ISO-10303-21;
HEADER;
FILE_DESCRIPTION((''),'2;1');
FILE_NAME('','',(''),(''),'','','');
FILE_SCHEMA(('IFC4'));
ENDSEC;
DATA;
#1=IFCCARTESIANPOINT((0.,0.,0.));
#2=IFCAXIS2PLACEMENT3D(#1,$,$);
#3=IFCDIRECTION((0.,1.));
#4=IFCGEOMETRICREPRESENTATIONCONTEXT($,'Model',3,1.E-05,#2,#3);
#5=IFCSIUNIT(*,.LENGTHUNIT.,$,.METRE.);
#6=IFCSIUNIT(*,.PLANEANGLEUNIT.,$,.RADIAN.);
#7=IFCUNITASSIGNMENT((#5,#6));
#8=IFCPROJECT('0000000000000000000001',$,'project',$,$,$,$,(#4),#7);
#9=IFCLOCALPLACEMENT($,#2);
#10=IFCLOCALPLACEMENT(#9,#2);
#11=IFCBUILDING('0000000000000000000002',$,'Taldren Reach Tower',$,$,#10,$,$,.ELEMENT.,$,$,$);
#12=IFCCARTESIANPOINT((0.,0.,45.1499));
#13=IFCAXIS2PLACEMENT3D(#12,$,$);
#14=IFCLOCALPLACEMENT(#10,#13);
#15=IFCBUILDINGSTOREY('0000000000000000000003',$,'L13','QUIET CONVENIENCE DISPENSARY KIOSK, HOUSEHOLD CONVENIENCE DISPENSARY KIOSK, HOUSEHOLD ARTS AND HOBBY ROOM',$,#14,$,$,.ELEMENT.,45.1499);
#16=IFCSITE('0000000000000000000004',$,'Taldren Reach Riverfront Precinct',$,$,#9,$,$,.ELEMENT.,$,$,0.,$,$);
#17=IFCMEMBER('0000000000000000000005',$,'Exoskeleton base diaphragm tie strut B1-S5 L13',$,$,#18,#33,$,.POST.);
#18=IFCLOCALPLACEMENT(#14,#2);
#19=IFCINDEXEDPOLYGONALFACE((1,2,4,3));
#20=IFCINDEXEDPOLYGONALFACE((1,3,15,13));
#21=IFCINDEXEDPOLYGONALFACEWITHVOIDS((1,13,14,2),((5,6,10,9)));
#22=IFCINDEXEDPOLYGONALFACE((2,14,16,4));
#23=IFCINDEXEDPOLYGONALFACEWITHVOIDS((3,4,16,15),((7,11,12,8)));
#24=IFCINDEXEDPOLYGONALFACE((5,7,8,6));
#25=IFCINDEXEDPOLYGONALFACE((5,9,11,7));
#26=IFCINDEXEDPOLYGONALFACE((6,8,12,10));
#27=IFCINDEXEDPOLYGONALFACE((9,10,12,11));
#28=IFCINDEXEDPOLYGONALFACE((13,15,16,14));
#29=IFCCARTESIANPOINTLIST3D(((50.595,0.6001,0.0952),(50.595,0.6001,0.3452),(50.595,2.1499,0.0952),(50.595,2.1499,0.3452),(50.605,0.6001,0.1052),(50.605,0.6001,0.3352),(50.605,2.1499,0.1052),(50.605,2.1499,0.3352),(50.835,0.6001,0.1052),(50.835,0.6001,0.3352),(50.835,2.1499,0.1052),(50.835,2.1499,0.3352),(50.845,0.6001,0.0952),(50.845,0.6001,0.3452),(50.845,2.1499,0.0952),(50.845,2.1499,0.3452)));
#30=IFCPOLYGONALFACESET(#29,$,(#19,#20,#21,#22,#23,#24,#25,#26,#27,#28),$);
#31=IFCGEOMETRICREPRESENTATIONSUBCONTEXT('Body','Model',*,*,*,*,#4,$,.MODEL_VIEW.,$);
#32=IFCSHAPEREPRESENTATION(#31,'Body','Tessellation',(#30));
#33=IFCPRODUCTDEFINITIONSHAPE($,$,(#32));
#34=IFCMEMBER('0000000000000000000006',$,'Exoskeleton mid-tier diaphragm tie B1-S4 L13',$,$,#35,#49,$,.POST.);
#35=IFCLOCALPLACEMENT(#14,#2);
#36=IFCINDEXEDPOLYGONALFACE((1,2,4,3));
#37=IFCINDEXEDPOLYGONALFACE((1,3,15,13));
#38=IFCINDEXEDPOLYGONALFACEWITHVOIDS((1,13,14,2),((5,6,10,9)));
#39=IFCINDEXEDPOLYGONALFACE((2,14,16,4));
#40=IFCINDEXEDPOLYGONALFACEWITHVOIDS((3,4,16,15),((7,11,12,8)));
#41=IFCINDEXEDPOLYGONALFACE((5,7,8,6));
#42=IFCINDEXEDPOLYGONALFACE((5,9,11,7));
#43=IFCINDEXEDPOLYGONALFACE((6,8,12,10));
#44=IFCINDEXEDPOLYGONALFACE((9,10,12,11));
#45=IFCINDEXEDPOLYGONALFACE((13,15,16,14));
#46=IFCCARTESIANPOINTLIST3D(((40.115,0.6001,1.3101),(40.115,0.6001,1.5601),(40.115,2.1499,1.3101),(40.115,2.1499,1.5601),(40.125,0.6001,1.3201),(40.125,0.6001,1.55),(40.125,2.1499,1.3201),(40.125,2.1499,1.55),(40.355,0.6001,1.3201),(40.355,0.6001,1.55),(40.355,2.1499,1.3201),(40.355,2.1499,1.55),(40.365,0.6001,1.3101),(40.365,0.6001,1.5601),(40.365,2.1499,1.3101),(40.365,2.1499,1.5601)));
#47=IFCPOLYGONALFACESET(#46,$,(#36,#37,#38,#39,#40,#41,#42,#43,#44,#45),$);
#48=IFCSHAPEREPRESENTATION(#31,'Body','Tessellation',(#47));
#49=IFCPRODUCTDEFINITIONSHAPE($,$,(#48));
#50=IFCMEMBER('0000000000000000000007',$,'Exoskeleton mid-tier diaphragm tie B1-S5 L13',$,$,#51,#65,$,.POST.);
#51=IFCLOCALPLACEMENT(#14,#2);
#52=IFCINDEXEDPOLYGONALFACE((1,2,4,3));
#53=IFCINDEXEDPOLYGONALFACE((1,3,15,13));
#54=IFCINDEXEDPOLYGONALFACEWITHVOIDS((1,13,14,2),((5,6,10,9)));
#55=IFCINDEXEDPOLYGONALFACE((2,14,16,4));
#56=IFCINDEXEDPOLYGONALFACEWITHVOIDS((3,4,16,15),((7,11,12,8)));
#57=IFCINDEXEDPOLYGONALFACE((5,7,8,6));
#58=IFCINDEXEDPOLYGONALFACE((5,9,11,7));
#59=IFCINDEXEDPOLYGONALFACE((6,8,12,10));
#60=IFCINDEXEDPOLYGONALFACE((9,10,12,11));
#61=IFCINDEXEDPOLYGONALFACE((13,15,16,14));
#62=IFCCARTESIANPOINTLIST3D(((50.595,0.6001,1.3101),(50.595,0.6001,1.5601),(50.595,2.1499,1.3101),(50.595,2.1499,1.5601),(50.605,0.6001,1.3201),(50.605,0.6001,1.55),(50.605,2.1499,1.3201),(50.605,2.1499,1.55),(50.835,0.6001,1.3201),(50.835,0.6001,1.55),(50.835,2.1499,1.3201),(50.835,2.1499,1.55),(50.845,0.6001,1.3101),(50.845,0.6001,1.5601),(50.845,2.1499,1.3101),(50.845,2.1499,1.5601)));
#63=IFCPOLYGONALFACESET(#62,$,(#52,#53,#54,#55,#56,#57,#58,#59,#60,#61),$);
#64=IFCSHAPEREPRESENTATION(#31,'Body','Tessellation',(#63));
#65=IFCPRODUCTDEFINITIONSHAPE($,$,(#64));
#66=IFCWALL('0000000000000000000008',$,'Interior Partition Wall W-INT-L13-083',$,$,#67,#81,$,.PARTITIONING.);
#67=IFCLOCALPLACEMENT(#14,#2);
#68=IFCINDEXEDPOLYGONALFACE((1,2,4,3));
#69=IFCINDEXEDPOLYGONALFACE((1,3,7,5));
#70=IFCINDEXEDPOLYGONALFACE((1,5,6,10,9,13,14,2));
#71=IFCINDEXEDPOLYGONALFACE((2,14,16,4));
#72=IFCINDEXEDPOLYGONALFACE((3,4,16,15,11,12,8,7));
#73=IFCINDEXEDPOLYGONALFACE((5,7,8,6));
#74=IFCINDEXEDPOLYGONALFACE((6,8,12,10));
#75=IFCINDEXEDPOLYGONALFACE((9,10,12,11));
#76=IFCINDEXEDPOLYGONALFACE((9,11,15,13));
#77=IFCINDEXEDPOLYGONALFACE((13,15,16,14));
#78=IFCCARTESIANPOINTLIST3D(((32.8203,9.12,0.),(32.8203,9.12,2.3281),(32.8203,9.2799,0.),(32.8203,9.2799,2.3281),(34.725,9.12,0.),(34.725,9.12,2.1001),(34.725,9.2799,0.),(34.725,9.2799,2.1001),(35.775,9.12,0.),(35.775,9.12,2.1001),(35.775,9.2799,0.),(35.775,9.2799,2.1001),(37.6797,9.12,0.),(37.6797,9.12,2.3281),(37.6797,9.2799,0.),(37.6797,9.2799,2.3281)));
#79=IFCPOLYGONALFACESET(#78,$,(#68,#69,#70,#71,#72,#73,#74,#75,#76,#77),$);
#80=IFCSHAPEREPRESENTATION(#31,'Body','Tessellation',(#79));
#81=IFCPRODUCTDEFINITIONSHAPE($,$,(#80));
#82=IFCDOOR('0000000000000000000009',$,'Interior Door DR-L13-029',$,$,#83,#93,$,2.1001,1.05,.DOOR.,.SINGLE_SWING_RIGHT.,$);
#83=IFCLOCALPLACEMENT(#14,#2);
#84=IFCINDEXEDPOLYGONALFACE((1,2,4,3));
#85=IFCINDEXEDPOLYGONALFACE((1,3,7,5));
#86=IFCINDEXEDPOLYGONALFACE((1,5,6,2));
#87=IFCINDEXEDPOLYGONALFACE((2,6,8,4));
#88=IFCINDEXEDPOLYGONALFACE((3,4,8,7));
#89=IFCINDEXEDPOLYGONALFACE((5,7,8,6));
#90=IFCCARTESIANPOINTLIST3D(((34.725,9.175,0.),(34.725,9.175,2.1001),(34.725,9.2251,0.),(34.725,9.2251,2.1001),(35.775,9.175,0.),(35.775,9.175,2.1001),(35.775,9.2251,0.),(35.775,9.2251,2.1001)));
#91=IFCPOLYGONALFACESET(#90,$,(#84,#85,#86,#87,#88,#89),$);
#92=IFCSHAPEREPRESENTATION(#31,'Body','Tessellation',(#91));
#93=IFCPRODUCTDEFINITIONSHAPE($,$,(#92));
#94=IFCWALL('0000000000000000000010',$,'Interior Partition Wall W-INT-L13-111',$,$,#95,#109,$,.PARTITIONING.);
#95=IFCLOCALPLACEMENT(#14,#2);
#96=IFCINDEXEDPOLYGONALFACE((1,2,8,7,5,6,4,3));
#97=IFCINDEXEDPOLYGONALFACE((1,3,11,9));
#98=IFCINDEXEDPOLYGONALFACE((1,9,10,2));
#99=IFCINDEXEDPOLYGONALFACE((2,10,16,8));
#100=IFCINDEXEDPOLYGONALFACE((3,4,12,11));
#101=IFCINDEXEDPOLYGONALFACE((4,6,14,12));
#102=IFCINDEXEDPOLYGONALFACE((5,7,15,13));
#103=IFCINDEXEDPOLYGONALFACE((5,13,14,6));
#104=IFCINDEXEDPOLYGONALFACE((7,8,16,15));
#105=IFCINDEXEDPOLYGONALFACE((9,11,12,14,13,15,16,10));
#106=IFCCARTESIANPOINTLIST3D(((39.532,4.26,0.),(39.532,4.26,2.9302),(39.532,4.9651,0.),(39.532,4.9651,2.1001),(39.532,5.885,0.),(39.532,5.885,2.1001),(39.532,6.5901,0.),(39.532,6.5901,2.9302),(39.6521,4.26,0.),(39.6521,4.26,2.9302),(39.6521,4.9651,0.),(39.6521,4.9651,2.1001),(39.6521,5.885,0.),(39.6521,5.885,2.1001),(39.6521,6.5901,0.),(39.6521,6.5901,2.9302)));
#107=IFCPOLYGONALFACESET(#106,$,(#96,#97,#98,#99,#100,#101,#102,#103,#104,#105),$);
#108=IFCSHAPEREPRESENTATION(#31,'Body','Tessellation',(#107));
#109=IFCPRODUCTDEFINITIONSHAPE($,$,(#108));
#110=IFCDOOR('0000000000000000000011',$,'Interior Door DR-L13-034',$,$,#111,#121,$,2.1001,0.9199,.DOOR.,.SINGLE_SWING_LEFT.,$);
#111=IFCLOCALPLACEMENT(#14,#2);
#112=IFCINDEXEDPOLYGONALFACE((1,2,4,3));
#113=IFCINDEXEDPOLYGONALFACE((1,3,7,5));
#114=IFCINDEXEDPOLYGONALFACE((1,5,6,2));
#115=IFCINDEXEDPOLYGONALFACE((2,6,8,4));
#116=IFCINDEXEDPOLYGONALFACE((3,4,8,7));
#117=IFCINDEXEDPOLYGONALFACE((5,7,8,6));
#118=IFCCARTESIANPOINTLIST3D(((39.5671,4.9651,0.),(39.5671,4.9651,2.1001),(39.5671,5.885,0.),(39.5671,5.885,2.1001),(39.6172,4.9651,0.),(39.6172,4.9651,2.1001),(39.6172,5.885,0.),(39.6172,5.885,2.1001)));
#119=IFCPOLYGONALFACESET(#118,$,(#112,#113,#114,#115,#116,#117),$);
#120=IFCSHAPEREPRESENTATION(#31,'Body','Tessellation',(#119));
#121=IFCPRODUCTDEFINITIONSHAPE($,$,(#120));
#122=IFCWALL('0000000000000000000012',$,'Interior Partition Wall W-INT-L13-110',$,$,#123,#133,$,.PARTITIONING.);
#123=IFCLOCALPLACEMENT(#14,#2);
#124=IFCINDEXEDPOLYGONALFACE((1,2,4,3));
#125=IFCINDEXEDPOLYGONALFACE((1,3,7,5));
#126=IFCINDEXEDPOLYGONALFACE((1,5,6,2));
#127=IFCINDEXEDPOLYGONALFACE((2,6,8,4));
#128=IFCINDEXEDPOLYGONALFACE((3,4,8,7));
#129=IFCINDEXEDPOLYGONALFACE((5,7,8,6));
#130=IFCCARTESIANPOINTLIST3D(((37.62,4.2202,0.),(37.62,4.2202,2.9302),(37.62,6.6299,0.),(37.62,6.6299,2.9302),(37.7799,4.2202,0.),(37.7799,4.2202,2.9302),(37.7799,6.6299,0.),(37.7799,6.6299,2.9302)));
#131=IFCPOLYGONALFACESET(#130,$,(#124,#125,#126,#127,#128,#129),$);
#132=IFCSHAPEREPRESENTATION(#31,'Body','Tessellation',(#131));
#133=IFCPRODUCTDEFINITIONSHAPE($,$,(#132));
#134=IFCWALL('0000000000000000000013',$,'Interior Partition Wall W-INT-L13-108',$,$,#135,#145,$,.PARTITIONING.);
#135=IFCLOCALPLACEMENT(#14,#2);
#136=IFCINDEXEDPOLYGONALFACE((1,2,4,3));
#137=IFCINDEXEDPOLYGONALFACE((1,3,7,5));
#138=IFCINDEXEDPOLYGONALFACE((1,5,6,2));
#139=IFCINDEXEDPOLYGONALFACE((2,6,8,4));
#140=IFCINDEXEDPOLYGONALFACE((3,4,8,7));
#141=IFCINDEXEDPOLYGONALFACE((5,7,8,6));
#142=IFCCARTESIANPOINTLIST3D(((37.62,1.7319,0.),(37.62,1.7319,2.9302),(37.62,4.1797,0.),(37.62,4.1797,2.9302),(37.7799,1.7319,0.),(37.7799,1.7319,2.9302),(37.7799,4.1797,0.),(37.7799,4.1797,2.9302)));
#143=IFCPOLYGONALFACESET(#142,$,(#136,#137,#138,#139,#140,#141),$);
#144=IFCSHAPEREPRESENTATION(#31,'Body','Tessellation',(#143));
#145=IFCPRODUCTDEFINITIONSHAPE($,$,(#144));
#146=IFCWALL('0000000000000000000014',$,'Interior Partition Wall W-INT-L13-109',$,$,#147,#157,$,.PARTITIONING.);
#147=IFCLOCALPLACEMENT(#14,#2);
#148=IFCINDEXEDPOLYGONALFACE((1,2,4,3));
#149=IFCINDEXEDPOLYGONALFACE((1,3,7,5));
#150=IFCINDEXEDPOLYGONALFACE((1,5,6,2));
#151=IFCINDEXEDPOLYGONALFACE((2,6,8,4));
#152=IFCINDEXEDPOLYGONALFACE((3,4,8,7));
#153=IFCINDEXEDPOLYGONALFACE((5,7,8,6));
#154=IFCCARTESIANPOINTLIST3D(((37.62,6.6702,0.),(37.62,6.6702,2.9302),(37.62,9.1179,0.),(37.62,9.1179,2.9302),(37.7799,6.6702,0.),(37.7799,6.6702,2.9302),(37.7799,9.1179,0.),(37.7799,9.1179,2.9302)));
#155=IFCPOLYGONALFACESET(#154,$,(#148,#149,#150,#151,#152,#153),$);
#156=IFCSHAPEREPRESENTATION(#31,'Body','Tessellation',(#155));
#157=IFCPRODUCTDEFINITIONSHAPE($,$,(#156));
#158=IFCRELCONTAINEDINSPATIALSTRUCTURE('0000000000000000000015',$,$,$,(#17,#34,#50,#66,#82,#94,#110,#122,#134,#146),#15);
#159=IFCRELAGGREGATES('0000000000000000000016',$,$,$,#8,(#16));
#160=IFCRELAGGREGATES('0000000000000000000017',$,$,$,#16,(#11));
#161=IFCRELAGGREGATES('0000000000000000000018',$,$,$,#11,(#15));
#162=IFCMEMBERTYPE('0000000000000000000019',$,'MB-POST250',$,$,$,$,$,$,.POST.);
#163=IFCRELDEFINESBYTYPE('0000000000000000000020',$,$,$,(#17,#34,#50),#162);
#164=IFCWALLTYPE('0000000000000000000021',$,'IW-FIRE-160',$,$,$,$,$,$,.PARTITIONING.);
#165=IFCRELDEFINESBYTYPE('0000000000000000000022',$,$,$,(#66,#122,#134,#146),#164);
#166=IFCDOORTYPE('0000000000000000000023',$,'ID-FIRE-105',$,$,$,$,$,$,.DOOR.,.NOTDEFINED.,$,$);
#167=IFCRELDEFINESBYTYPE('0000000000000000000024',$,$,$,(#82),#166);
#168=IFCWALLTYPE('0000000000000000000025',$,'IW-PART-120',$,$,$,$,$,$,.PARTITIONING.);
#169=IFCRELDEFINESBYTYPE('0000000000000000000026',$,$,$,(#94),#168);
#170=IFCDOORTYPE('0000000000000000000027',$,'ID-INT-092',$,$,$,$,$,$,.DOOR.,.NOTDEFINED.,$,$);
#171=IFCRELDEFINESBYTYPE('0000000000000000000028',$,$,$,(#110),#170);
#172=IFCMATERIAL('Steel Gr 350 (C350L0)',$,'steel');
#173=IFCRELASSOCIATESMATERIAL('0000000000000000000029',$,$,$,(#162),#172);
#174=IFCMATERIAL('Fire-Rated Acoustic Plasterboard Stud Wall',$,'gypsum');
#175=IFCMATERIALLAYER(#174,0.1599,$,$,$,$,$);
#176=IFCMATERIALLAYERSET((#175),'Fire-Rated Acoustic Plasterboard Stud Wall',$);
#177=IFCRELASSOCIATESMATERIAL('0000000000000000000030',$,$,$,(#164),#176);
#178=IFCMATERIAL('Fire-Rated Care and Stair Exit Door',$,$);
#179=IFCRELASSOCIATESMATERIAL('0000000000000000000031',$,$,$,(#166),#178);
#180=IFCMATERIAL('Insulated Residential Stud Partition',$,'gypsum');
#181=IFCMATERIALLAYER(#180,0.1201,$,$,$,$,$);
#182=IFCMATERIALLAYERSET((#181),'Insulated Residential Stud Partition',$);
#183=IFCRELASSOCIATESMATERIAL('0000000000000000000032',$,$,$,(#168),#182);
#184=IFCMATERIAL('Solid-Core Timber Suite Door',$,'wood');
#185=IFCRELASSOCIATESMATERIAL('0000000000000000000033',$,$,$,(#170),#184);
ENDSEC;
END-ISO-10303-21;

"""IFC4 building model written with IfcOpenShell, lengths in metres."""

from ifc_helpers import new_model, si_unit, direction, frame, frame_2d, origin, origin_2d, place, context, subcontext, project, spatial, rectangle, hollow_rectangle, extrude, source, transform, mapped, material, layer, layer_set, material_profile, profile_set, type_object, element, fill, save


model = new_model("IFC4")

# Units and contexts
model_context = context("Model", 3, precision=1e-05, world=origin(), true_north=direction((0.0, 1.0)))
body_context = subcontext(model_context, "Body", "Model", "MODEL_VIEW")
ifc_project = project(units=[si_unit("LENGTHUNIT", "METRE"), si_unit("PLANEANGLEUNIT", "RADIAN")], contexts=[model_context])

# Site, building, storey
site_placement = place(None, origin())
site = spatial("IfcSite", under=ifc_project, at=site_placement, Name="Taldren Reach Riverfront Precinct", CompositionType="ELEMENT", RefElevation=0.0)
building_placement = place(site_placement, origin())
building = spatial("IfcBuilding", under=site, at=building_placement, Name="Taldren Reach Tower", CompositionType="ELEMENT")
storey_placement = place(building_placement, frame((0.0, 0.0, 45.1499)))
storey = spatial("IfcBuildingStorey", under=building, at=storey_placement, Name="L13", Description="QUIET CONVENIENCE DISPENSARY KIOSK, HOUSEHOLD CONVENIENCE DISPENSARY KIOSK, HOUSEHOLD ARTS AND HOBBY ROOM", CompositionType="ELEMENT", Elevation=45.1499)

# Members
ifc_material_1 = material(Name="Steel Gr 350 (C350L0)", Category="steel")
ifc_material_profile_1 = material_profile(ifc_material_1, hollow_rectangle(XDim=0.25, YDim=0.25, WallThickness=0.01, at=origin_2d()), Name="250x250x10.0SHS")
ifc_profile_set_1 = profile_set([ifc_material_profile_1], Name="Steel Gr 350 (C350L0)")
member_type_1 = type_object("IfcMemberType", Name="MB-POST250", PredefinedType="POST", material=ifc_profile_set_1)
shared_shape_1 = source(origin(), body_context, "Body", "SweptSolid", [
    extrude(hollow_rectangle(XDim=0.25, YDim=0.25, WallThickness=0.01, at=origin_2d()), origin(), (0.0, 0.0, 1.0), 1.5498),
])
for number, where, z_axis, x_axis, name in (
    (1, (50.72, 2.1499, 0.2202), (0.0, -1.0, 0.0), (1.0, 0.0, 0.0), "Exoskeleton base diaphragm tie strut B1-S5 L13"),
    (2, (40.24, 2.1499, 1.4351), (0.0, -1.0, 0.0), (1.0, 0.0, 0.0), "Exoskeleton mid-tier diaphragm tie B1-S4 L13"),
    (3, (50.72, 2.1499, 1.4351), (0.0, -1.0, 0.0), (1.0, 0.0, 0.0), "Exoskeleton mid-tier diaphragm tie B1-S5 L13"),
):
    element("IfcMember", number, at=place(storey_placement, frame(where, z_axis=z_axis, x_axis=x_axis)), inside=storey, type_object=member_type_1, Name=name, PredefinedType="POST", context=body_context, shape_type="MappedRepresentation", body=[
        mapped(shared_shape_1, transform((0.0, 0.0, 0.0), scale=1.0)),
    ])

# Walls, openings, doors
ifc_material_2 = material(Name="Fire-Rated Acoustic Plasterboard Stud Wall", Category="gypsum")
ifc_layer_1 = layer(ifc_material_2, 0.1599)
ifc_layer_set_1 = layer_set([ifc_layer_1], Name="Fire-Rated Acoustic Plasterboard Stud Wall")
wall_type_1 = type_object("IfcWallType", Name="IW-FIRE-160", PredefinedType="PARTITIONING", material=ifc_layer_set_1)
shared_shape_2 = source(origin(), body_context, "Body", "SweptSolid", [
    extrude(rectangle(XDim=4.8594, YDim=0.1599, at=frame_2d((2.4297, 0.0))), origin(), (0.0, 0.0, 1.0), 2.3281),
])
wall_1_placement = place(storey_placement, frame((37.6797, 9.2, 0.0), z_axis=(0.0, 0.0, 1.0), x_axis=(-1.0, 0.0, 0.0)))
wall_1 = element("IfcWall", 4, at=wall_1_placement, inside=storey, type_object=wall_type_1, Name="Interior Partition Wall W-INT-L13-083", PredefinedType="PARTITIONING", context=body_context, shape_type="MappedRepresentation", body=[
    mapped(shared_shape_2, transform((0.0, 0.0, 0.0), scale=1.0)),
])
shared_shape_3 = source(origin(), body_context, "Body", "SweptSolid", [
    extrude(rectangle(XDim=1.05, YDim=2.1001, at=frame_2d((0.5249, 1.05))), frame((0.0, 0.0898, 0.0), z_axis=(0.0, -1.0, 0.0), x_axis=(1.0, 0.0, 0.0)), (0.0, 0.0, 1.0), 0.1799),
])
opening_1_placement = place(wall_1_placement, frame((1.9048, 0.0, 0.0)))
opening_1 = element("IfcOpeningElement", 5, at=opening_1_placement, cuts=wall_1, PredefinedType="OPENING", context=body_context, shape_type="MappedRepresentation", body=[
    mapped(shared_shape_3, transform((0.0, 0.0, 0.0), scale=1.0)),
])
ifc_material_3 = material(Name="Fire-Rated Care and Stair Exit Door")
door_type_1 = type_object("IfcDoorType", Name="ID-FIRE-105", OperationType="NOTDEFINED", PredefinedType="DOOR", material=ifc_material_3)
shared_shape_4 = source(origin(), body_context, "Body", "SweptSolid", [
    extrude(rectangle(XDim=1.05, YDim=2.1001, at=frame_2d((0.5249, 1.05))), frame((0.0, 0.0249, 0.0), z_axis=(0.0, -1.0, 0.0), x_axis=(1.0, 0.0, 0.0)), (0.0, 0.0, 1.0), 0.05),
])
door_1_placement = place(opening_1_placement, origin())
door_1 = element("IfcDoor", 6, at=door_1_placement, inside=storey, type_object=door_type_1, Name="Interior Door DR-L13-029", OperationType="SINGLE_SWING_RIGHT", OverallHeight=2.1001, OverallWidth=1.05, PredefinedType="DOOR", context=body_context, shape_type="MappedRepresentation", body=[
    mapped(shared_shape_4, transform((0.0, 0.0, 0.0), scale=1.0)),
])
fill(opening_1, door_1)
ifc_material_4 = material(Name="Insulated Residential Stud Partition", Category="gypsum")
ifc_layer_2 = layer(ifc_material_4, 0.1201)
ifc_layer_set_2 = layer_set([ifc_layer_2], Name="Insulated Residential Stud Partition")
wall_type_2 = type_object("IfcWallType", Name="IW-PART-120", PredefinedType="PARTITIONING", material=ifc_layer_set_2)
shared_shape_5 = source(origin(), body_context, "Body", "SweptSolid", [
    extrude(rectangle(XDim=2.3301, YDim=0.1201, at=frame_2d((1.165, 0.0))), origin(), (0.0, 0.0, 1.0), 2.9302),
])
wall_2_placement = place(storey_placement, frame((39.592, 4.26, 0.0), z_axis=(0.0, 0.0, 1.0), x_axis=(0.0, 1.0, 0.0)))
wall_2 = element("IfcWall", 7, at=wall_2_placement, inside=storey, type_object=wall_type_2, Name="Interior Partition Wall W-INT-L13-111", PredefinedType="PARTITIONING", context=body_context, shape_type="MappedRepresentation", body=[
    mapped(shared_shape_5, transform((0.0, 0.0, 0.0), scale=1.0)),
])
shared_shape_6 = source(origin(), body_context, "Body", "SweptSolid", [
    extrude(rectangle(XDim=0.9199, YDim=2.1001, at=frame_2d((0.46, 1.05))), frame((0.0, 0.0701, 0.0), z_axis=(0.0, -1.0, 0.0), x_axis=(1.0, 0.0, 0.0)), (0.0, 0.0, 1.0), 0.1401),
])
opening_2_placement = place(wall_2_placement, frame((0.7051, 0.0, 0.0)))
opening_2 = element("IfcOpeningElement", 8, at=opening_2_placement, cuts=wall_2, PredefinedType="OPENING", context=body_context, shape_type="MappedRepresentation", body=[
    mapped(shared_shape_6, transform((0.0, 0.0, 0.0), scale=1.0)),
])
ifc_material_5 = material(Name="Solid-Core Timber Suite Door", Category="wood")
door_type_2 = type_object("IfcDoorType", Name="ID-INT-092", OperationType="NOTDEFINED", PredefinedType="DOOR", material=ifc_material_5)
shared_shape_7 = source(origin(), body_context, "Body", "SweptSolid", [
    extrude(rectangle(XDim=0.9199, YDim=2.1001, at=frame_2d((0.46, 1.05))), frame((0.0, 0.0249, 0.0), z_axis=(0.0, -1.0, 0.0), x_axis=(1.0, 0.0, 0.0)), (0.0, 0.0, 1.0), 0.05),
])
door_2_placement = place(opening_2_placement, origin())
door_2 = element("IfcDoor", 9, at=door_2_placement, inside=storey, type_object=door_type_2, Name="Interior Door DR-L13-034", OperationType="SINGLE_SWING_LEFT", OverallHeight=2.1001, OverallWidth=0.9199, PredefinedType="DOOR", context=body_context, shape_type="MappedRepresentation", body=[
    mapped(shared_shape_7, transform((0.0, 0.0, 0.0), scale=1.0)),
])
fill(opening_2, door_2)

# Walls
shared_shape_8 = source(origin(), body_context, "Body", "SweptSolid", [
    extrude(rectangle(XDim=2.4097, YDim=0.1599, at=frame_2d((1.2048, 0.0))), origin(), (0.0, 0.0, 1.0), 2.9302),
])
wall_3_placement = place(storey_placement, frame((37.7, 6.6299, 0.0), z_axis=(0.0, 0.0, 1.0), x_axis=(0.0, -1.0, 0.0)))
element("IfcWall", 10, at=wall_3_placement, inside=storey, type_object=wall_type_1, Name="Interior Partition Wall W-INT-L13-110", PredefinedType="PARTITIONING", context=body_context, shape_type="MappedRepresentation", body=[
    mapped(shared_shape_8, transform((0.0, 0.0, 0.0), scale=1.0)),
])
shared_shape_9 = source(origin(), body_context, "Body", "SweptSolid", [
    extrude(rectangle(XDim=2.4478, YDim=0.1599, at=frame_2d((1.2239, 0.0))), origin(), (0.0, 0.0, 1.0), 2.9302),
])
for number, where, z_axis, x_axis, name in (
    (11, (37.7, 4.1797, 0.0), (0.0, 0.0, 1.0), (0.0, -1.0, 0.0), "Interior Partition Wall W-INT-L13-108"),
    (12, (37.7, 9.1179, 0.0), (0.0, 0.0, 1.0), (0.0, -1.0, 0.0), "Interior Partition Wall W-INT-L13-109"),
):
    element("IfcWall", number, at=place(storey_placement, frame(where, z_axis=z_axis, x_axis=x_axis)), inside=storey, type_object=wall_type_1, Name=name, PredefinedType="PARTITIONING", context=body_context, shape_type="MappedRepresentation", body=[
        mapped(shared_shape_9, transform((0.0, 0.0, 0.0), scale=1.0)),
    ])

save(model, "model.ifc")
